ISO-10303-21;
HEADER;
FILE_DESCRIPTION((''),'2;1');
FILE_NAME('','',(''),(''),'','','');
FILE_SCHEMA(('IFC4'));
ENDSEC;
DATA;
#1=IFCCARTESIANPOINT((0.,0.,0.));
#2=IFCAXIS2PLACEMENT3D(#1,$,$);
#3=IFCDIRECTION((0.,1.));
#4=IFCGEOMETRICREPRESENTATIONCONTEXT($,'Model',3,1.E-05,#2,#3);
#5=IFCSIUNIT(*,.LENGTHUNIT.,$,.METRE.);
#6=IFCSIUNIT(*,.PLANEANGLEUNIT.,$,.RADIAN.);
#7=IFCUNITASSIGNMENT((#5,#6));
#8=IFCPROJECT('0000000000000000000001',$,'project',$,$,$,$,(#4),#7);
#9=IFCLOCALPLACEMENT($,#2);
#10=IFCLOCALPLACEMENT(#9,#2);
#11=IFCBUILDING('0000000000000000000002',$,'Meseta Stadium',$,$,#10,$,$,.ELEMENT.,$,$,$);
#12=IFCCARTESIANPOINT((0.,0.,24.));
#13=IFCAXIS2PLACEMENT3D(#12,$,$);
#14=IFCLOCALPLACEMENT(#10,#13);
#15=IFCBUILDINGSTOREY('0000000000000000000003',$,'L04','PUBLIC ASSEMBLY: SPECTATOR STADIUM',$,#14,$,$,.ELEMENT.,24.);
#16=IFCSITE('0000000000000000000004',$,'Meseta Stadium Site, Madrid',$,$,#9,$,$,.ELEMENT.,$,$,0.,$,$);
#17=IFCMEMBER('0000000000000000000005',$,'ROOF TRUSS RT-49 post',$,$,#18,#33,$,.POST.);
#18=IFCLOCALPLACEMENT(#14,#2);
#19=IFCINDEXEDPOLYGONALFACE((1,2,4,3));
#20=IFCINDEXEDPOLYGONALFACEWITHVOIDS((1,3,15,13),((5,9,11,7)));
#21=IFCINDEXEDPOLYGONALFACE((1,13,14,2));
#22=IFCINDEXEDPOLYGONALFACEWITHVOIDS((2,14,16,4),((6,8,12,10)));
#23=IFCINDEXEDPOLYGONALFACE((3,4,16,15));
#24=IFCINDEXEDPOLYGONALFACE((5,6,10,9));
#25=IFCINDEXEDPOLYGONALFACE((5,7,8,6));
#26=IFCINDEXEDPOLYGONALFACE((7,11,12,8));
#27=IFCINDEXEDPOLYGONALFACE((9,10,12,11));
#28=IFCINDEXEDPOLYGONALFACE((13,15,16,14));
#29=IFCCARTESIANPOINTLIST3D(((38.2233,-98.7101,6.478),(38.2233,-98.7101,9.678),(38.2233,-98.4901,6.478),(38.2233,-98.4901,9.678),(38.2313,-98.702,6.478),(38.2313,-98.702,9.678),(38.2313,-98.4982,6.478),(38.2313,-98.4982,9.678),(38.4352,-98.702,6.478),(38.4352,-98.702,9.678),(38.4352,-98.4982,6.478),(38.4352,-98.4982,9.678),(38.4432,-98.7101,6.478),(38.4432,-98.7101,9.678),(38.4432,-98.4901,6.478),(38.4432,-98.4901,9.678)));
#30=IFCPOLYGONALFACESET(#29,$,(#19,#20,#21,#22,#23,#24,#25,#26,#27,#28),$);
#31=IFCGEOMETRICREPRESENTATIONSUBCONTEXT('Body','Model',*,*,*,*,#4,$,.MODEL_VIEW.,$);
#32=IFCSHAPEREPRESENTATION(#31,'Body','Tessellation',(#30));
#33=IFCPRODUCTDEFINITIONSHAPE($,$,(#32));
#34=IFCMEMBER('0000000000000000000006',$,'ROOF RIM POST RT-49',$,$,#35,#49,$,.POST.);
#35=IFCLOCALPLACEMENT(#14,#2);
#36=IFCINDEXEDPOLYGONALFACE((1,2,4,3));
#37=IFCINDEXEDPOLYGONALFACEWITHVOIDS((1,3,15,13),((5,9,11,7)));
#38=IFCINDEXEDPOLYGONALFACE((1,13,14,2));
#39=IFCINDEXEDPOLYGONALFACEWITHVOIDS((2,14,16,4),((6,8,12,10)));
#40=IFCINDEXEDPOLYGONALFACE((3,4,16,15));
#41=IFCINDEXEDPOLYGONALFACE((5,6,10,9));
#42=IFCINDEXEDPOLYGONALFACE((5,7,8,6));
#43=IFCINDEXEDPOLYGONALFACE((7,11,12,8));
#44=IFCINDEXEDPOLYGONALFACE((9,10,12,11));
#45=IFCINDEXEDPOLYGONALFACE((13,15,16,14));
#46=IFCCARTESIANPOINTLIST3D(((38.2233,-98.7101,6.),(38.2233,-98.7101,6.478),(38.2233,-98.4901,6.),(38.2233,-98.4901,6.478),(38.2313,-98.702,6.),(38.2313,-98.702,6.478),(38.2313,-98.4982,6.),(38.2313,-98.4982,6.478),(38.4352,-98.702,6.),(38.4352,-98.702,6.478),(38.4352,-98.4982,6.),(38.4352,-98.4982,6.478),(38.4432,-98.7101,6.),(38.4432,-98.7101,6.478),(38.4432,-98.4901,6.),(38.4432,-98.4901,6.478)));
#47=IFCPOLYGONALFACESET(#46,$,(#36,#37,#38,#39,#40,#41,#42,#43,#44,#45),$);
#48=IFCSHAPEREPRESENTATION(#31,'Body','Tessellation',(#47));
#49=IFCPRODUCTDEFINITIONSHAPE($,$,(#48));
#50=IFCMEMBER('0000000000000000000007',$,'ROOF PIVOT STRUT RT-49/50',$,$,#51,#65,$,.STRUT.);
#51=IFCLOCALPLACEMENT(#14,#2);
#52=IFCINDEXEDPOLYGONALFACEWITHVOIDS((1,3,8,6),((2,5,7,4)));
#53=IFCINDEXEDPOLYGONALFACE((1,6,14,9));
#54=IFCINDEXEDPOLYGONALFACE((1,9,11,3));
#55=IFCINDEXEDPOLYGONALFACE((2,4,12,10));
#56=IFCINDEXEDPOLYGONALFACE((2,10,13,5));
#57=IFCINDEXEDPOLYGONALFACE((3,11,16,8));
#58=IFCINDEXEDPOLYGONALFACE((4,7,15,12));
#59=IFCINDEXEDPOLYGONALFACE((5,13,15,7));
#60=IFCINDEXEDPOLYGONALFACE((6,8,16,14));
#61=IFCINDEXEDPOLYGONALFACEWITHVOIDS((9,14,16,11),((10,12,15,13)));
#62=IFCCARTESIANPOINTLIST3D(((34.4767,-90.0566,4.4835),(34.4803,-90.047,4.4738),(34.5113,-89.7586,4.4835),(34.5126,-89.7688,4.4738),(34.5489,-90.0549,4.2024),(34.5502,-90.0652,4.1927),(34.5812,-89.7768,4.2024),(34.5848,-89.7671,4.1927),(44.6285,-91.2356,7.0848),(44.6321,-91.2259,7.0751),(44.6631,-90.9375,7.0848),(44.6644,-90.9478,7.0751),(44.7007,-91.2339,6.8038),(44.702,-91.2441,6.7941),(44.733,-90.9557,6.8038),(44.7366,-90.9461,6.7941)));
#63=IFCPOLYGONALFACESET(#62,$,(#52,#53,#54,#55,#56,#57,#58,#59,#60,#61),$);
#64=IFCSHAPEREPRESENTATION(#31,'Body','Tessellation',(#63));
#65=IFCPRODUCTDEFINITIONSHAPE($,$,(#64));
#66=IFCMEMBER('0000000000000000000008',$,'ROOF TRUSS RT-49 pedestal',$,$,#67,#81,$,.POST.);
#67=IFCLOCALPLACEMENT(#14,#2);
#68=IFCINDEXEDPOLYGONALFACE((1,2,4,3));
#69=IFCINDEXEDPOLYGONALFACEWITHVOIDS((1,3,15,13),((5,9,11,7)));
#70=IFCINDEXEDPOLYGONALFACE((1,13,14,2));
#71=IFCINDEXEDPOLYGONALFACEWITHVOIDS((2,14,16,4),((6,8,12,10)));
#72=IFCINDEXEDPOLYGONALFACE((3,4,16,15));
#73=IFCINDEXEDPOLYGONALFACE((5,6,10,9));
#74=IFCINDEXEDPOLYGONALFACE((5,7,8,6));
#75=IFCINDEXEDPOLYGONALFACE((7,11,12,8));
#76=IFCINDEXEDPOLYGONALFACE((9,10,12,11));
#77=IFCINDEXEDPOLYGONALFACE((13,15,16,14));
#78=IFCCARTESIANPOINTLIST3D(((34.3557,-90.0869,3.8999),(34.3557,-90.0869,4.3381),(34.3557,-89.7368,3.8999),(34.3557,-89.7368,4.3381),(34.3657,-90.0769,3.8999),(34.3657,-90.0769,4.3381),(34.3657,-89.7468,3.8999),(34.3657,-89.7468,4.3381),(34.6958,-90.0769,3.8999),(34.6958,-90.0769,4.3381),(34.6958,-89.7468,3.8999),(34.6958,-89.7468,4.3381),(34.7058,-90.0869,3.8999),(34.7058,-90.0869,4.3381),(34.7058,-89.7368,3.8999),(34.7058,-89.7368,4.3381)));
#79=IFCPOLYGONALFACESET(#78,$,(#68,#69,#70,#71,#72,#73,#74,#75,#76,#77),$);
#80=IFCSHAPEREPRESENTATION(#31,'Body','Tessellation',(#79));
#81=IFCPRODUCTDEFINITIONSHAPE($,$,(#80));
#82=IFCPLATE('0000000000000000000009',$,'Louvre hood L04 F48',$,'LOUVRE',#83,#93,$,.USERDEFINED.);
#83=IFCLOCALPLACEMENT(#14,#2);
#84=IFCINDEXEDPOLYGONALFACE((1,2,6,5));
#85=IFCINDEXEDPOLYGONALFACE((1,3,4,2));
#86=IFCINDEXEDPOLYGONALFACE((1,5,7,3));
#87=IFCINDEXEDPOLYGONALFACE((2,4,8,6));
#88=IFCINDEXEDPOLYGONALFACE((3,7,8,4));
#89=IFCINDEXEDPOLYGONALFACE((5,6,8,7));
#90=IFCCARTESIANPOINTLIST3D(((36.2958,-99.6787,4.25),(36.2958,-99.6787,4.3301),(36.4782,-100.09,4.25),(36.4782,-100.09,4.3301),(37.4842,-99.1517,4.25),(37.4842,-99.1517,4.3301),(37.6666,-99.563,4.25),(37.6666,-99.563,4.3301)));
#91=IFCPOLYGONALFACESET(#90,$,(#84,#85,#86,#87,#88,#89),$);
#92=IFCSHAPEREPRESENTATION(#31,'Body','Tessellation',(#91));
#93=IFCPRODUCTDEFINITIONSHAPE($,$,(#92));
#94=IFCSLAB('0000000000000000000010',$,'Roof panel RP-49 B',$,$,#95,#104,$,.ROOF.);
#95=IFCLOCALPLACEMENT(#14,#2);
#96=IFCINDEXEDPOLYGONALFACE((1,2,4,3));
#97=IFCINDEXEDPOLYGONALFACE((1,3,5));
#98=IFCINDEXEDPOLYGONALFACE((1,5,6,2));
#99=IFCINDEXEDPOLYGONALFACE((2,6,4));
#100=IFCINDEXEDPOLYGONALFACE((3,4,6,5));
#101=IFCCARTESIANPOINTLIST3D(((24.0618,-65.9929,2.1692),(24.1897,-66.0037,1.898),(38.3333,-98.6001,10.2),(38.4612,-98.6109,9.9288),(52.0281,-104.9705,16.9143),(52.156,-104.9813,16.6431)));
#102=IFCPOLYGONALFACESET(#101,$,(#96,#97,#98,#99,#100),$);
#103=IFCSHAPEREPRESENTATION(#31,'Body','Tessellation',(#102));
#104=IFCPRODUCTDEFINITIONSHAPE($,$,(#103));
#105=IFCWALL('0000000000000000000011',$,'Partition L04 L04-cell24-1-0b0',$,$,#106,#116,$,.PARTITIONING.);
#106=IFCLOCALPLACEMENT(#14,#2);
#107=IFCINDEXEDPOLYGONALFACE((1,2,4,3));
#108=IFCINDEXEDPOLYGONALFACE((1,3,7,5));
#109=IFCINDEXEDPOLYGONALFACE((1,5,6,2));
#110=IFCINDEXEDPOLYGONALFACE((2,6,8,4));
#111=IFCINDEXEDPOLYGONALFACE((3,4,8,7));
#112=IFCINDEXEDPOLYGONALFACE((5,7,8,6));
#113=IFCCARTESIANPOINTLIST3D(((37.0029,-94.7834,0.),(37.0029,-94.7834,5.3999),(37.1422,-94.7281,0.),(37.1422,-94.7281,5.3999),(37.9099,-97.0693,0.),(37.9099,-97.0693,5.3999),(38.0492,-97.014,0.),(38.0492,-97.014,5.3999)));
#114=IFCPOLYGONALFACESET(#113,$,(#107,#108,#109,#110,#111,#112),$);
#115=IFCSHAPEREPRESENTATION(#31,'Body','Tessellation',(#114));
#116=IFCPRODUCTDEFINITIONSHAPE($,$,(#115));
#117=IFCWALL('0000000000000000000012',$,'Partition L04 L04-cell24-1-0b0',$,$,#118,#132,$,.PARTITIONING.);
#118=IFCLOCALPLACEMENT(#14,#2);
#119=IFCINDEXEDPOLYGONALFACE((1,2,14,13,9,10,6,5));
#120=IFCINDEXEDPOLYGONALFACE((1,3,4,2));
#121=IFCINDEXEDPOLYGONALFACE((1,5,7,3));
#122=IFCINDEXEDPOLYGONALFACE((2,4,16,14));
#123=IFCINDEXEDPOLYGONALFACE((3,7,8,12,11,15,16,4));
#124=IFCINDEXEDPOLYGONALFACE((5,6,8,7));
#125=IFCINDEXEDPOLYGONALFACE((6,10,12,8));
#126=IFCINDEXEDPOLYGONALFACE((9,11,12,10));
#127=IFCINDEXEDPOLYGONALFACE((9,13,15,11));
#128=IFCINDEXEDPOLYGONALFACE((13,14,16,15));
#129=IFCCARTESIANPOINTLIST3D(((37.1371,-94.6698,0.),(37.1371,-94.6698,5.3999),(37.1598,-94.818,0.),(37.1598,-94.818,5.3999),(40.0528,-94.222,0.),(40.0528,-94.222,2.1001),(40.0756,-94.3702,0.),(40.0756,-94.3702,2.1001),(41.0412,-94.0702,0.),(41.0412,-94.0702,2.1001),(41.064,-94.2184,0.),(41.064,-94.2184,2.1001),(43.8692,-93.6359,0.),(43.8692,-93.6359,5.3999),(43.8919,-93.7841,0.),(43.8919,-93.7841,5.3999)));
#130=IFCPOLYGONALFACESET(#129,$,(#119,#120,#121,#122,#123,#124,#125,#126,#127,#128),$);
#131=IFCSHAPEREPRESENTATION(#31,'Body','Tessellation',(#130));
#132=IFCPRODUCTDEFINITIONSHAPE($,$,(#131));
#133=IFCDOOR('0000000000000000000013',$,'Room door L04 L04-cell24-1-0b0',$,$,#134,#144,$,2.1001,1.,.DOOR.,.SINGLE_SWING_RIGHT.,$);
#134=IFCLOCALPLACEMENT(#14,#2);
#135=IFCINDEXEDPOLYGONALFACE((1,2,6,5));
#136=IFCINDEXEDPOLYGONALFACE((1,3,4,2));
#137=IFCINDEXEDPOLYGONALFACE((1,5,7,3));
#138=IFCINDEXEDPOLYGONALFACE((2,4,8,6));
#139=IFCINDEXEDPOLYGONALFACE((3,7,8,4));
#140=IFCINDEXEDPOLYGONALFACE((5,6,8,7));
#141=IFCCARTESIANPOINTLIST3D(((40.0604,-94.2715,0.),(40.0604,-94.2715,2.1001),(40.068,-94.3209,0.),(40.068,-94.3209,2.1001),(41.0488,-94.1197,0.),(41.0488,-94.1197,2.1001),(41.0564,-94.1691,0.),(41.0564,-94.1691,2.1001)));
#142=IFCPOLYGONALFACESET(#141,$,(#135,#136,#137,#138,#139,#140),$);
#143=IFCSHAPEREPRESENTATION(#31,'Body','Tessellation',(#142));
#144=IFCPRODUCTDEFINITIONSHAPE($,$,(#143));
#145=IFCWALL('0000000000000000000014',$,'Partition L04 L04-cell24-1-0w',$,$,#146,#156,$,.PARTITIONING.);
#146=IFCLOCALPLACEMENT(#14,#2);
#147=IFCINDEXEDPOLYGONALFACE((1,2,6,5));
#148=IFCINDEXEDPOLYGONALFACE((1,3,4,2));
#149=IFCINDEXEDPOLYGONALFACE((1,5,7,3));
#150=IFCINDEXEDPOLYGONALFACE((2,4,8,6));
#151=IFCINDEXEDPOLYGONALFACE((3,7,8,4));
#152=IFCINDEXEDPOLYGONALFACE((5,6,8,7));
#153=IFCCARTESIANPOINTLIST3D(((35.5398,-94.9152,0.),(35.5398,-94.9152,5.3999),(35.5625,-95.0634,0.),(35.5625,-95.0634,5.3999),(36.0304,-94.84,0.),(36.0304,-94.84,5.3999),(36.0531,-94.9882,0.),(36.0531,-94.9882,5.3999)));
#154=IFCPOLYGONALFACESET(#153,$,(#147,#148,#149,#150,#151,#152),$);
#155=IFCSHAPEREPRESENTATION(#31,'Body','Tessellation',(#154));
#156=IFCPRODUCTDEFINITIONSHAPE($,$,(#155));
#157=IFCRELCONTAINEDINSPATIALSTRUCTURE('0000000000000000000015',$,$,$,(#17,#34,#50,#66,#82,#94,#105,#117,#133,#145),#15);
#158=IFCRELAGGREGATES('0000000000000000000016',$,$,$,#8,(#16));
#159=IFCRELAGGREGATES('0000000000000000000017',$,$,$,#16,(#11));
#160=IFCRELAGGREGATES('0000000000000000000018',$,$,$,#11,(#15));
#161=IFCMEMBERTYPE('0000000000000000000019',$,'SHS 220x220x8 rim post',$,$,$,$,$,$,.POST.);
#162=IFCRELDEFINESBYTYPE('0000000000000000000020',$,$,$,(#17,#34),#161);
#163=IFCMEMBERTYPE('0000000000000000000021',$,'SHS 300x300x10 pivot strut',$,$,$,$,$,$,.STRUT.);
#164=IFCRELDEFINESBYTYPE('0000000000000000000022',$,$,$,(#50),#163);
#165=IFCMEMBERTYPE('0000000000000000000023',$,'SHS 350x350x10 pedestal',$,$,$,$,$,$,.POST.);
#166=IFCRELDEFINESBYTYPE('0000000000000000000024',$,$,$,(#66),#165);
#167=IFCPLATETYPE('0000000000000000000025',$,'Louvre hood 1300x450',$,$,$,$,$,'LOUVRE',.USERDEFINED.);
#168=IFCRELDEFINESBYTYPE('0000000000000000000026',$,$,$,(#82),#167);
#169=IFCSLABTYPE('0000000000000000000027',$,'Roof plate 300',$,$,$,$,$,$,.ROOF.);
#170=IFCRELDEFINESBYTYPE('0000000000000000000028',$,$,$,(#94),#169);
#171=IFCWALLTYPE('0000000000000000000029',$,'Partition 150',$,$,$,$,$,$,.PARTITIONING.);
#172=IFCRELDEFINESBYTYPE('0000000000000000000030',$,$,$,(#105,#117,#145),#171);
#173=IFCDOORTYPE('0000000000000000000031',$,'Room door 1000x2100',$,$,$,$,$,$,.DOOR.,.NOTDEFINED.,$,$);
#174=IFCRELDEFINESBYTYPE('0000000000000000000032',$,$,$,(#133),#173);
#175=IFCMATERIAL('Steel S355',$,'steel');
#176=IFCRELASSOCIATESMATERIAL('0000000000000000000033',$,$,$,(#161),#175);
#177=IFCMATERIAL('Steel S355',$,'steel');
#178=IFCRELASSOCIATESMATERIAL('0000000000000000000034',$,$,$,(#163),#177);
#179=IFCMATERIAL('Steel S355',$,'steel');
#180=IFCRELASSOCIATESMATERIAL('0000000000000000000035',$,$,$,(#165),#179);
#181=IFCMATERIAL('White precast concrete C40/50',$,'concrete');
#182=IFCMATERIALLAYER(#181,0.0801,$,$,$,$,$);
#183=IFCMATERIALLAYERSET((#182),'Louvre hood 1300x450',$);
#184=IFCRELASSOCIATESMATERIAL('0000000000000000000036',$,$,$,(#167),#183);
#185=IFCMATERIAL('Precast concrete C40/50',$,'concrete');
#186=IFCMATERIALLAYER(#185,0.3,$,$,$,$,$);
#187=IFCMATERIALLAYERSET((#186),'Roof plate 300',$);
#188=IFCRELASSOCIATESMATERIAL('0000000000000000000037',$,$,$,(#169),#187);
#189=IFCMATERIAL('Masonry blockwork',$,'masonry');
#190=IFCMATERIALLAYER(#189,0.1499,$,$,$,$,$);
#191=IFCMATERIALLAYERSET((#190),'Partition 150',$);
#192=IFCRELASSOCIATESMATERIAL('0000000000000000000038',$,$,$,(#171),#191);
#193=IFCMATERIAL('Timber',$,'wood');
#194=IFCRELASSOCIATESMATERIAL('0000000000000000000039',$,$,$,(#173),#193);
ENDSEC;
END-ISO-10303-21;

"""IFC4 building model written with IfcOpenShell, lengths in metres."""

from ifc_helpers import new_model, si_unit, direction, frame, frame_2d, origin, origin_2d, place, context, subcontext, project, spatial, polyline, rectangle, hollow_rectangle, outline, extrude, material, layer, layer_set, material_profile, profile_set, type_object, element, fill, save


model = new_model("IFC4")

# Units and contexts
model_context = context("Model", 3, precision=1e-05, world=origin(), true_north=direction((0.0, 1.0)))
body_context = subcontext(model_context, "Body", "Model", "MODEL_VIEW")
ifc_project = project(units=[si_unit("LENGTHUNIT", "METRE"), si_unit("PLANEANGLEUNIT", "RADIAN")], contexts=[model_context])

# Site, building, storey
site_placement = place(None, origin())
site = spatial("IfcSite", under=ifc_project, at=site_placement, Name="Meseta Stadium Site, Madrid", CompositionType="ELEMENT", RefElevation=0.0)
building_placement = place(site_placement, origin())
building = spatial("IfcBuilding", under=site, at=building_placement, Name="Meseta Stadium", CompositionType="ELEMENT")
storey_placement = place(building_placement, frame((0.0, 0.0, 24.0)))
storey = spatial("IfcBuildingStorey", under=building, at=storey_placement, Name="L04", Description="PUBLIC ASSEMBLY: SPECTATOR STADIUM", CompositionType="ELEMENT", Elevation=24.0)

# Members
ifc_material_1 = material(Name="Steel S355", Category="steel")
ifc_material_profile_1 = material_profile(ifc_material_1, hollow_rectangle(XDim=0.22, YDim=0.22, WallThickness=0.0081, at=origin_2d()), Name="SHS 220x220x8")
ifc_profile_set_1 = profile_set([ifc_material_profile_1], Name="Steel S355")
member_type_1 = type_object("IfcMemberType", Name="SHS 220x220x8 rim post", PredefinedType="POST", material=ifc_profile_set_1)
member_1_placement = place(storey_placement, frame((38.3333, -98.6001, 6.478), z_axis=(0.0, 0.0, 1.0), x_axis=(1.0, 0.0, 0.0)))
element("IfcMember", 1, at=member_1_placement, inside=storey, type_object=member_type_1, Name="ROOF TRUSS RT-49 post", PredefinedType="POST", context=body_context, shape_type="SweptSolid", body=[
    extrude(hollow_rectangle(XDim=0.22, YDim=0.22, WallThickness=0.0081, at=origin_2d()), origin(), (0.0, 0.0, 1.0), 3.2),
])
member_2_placement = place(storey_placement, frame((38.3333, -98.6001, 6.0), z_axis=(0.0, 0.0, 1.0), x_axis=(1.0, 0.0, 0.0)))
element("IfcMember", 2, at=member_2_placement, inside=storey, type_object=member_type_1, Name="ROOF RIM POST RT-49", PredefinedType="POST", context=body_context, shape_type="SweptSolid", body=[
    extrude(hollow_rectangle(XDim=0.22, YDim=0.22, WallThickness=0.0081, at=origin_2d()), origin(), (0.0, 0.0, 1.0), 0.478),
])
ifc_material_2 = material(Name="Steel S355", Category="steel")
ifc_material_profile_2 = material_profile(ifc_material_2, hollow_rectangle(XDim=0.3, YDim=0.3, WallThickness=0.01, at=origin_2d()), Name="SHS 300x300x10")
ifc_profile_set_2 = profile_set([ifc_material_profile_2], Name="Steel S355")
member_type_2 = type_object("IfcMemberType", Name="SHS 300x300x10 pivot strut", PredefinedType="STRUT", material=ifc_profile_set_2)
member_3_placement = place(storey_placement, frame((34.5308, -89.9119, 4.3381), z_axis=(0.962631, -0.111792, 0.246665), x_axis=(0.115357, 0.993324, 0.0)))
element("IfcMember", 3, at=member_3_placement, inside=storey, type_object=member_type_2, Name="ROOF PIVOT STRUT RT-49/50", PredefinedType="STRUT", context=body_context, shape_type="SweptSolid", body=[
    extrude(hollow_rectangle(XDim=0.3, YDim=0.3, WallThickness=0.01, at=origin_2d()), origin(), (0.0, 0.0, 1.0), 10.5459),
])
ifc_material_3 = material(Name="Steel S355", Category="steel")
ifc_material_profile_3 = material_profile(ifc_material_3, hollow_rectangle(XDim=0.3501, YDim=0.3501, WallThickness=0.01, at=origin_2d()), Name="SHS 350x350x10")
ifc_profile_set_3 = profile_set([ifc_material_profile_3], Name="Steel S355")
member_type_3 = type_object("IfcMemberType", Name="SHS 350x350x10 pedestal", PredefinedType="POST", material=ifc_profile_set_3)
member_4_placement = place(storey_placement, frame((34.5308, -89.9119, 3.8999), z_axis=(0.0, 0.0, 1.0), x_axis=(1.0, 0.0, 0.0)))
element("IfcMember", 4, at=member_4_placement, inside=storey, type_object=member_type_3, Name="ROOF TRUSS RT-49 pedestal", PredefinedType="POST", context=body_context, shape_type="SweptSolid", body=[
    extrude(hollow_rectangle(XDim=0.3501, YDim=0.3501, WallThickness=0.01, at=origin_2d()), origin(), (0.0, 0.0, 1.0), 0.4382),
])

# Plate
ifc_material_4 = material(Name="White precast concrete C40/50", Category="concrete")
ifc_layer_1 = layer(ifc_material_4, 0.0801)
ifc_layer_set_1 = layer_set([ifc_layer_1], Name="Louvre hood 1300x450")
plate_type = type_object("IfcPlateType", Name="Louvre hood 1300x450", ElementType="LOUVRE", PredefinedType="USERDEFINED", material=ifc_layer_set_1)
plate_placement = place(storey_placement, frame((36.9812, -99.6208, 4.25), z_axis=(0.0, 0.0, 1.0), x_axis=(0.914139, 0.405401, 0.0)))
element("IfcPlate", 5, at=plate_placement, inside=storey, type_object=plate_type, Name="Louvre hood L04 F48", ObjectType="LOUVRE", PredefinedType="USERDEFINED", context=body_context, shape_type="SweptSolid", body=[
    extrude(rectangle(XDim=1.3, YDim=0.45, at=origin_2d()), origin(), (0.0, 0.0, 1.0), 0.0801),
])

# Slab
ifc_material_5 = material(Name="Precast concrete C40/50", Category="concrete")
ifc_layer_2 = layer(ifc_material_5, 0.3)
ifc_layer_set_2 = layer_set([ifc_layer_2], Name="Roof plate 300")
slab_type = type_object("IfcSlabType", Name="Roof plate 300", PredefinedType="ROOF", material=ifc_layer_set_2)
slab_placement = place(storey_placement, frame((38.3333, -98.6001, 10.2), z_axis=(-0.426394, 0.035977, 0.903822), x_axis=(-0.391125, 0.893634, -0.220091)))
element("IfcSlab", 6, at=slab_placement, inside=storey, type_object=slab_type, Name="Roof panel RP-49 B", PredefinedType="ROOF", context=body_context, shape_type="SweptSolid", body=[
    extrude(outline(polyline([(0.0, 0.0), (36.4883, 0.0), (-12.5269, -10.7837), (0.0, 0.0)])), origin(), (0.0, 0.0, -1.0), 0.3),
])

# Wall
ifc_material_6 = material(Name="Masonry blockwork", Category="masonry")
ifc_layer_3 = layer(ifc_material_6, 0.1499)
ifc_layer_set_3 = layer_set([ifc_layer_3], Name="Partition 150")
wall_type_1 = type_object("IfcWallType", Name="Partition 150", PredefinedType="PARTITIONING", material=ifc_layer_set_3)
wall_1_placement = place(storey_placement, frame((37.9795, -97.0415, 0.0), z_axis=(0.0, 0.0, 1.0), x_axis=(-0.368805, 0.929507, 0.0)))
element("IfcWall", 7, at=wall_1_placement, inside=storey, type_object=wall_type_1, Name="Partition L04 L04-cell24-1-0b0", PredefinedType="PARTITIONING", context=body_context, shape_type="SweptSolid", body=[
    extrude(rectangle(XDim=2.4592, YDim=0.1499, at=frame_2d((1.2295, 0.0))), origin(), (0.0, 0.0, 1.0), 5.3999),
])

# Wall, opening, door
wall_2_placement = place(storey_placement, frame((37.1484, -94.7439, 0.0), z_axis=(0.0, 0.0, 1.0), x_axis=(0.988411, 0.151801, 0.0)))
wall_2 = element("IfcWall", 8, at=wall_2_placement, inside=storey, type_object=wall_type_1, Name="Partition L04 L04-cell24-1-0b0", PredefinedType="PARTITIONING", context=body_context, shape_type="SweptSolid", body=[
    extrude(rectangle(XDim=6.811, YDim=0.1499, at=frame_2d((3.4055, 0.0))), origin(), (0.0, 0.0, 1.0), 5.3999),
])
opening_1_placement = place(wall_2_placement, frame((2.95, 0.0, 0.0)))
opening_1 = element("IfcOpeningElement", 9, at=opening_1_placement, cuts=wall_2, PredefinedType="OPENING", context=body_context, shape_type="SweptSolid", body=[
    extrude(rectangle(XDim=1.0, YDim=2.1001, at=frame_2d((0.5, 1.05))), frame((0.0, 0.085, 0.0), z_axis=(0.0, -1.0, 0.0), x_axis=(1.0, 0.0, 0.0)), (0.0, 0.0, 1.0), 0.1699),
])
ifc_material_7 = material(Name="Timber", Category="wood")
door_type = type_object("IfcDoorType", Name="Room door 1000x2100", OperationType="NOTDEFINED", PredefinedType="DOOR", material=ifc_material_7)
door_placement = place(opening_1_placement, origin())
door = element("IfcDoor", 10, at=door_placement, inside=storey, type_object=door_type, Name="Room door L04 L04-cell24-1-0b0", OperationType="SINGLE_SWING_RIGHT", OverallHeight=2.1001, OverallWidth=1.0, PredefinedType="DOOR", context=body_context, shape_type="SweptSolid", body=[
    extrude(rectangle(XDim=1.0, YDim=2.1001, at=frame_2d((0.5, 1.05))), frame((0.0, 0.0249, 0.0), z_axis=(0.0, -1.0, 0.0), x_axis=(1.0, 0.0, 0.0)), (0.0, 0.0, 1.0), 0.05),
])
fill(opening_1, door)

# Wall
wall_3_placement = place(storey_placement, frame((35.5513, -94.9893, 0.0), z_axis=(0.0, 0.0, 1.0), x_axis=(0.988462, 0.151466, 0.0)))
element("IfcWall", 11, at=wall_3_placement, inside=storey, type_object=wall_type_1, Name="Partition L04 L04-cell24-1-0w", PredefinedType="PARTITIONING", context=body_context, shape_type="SweptSolid", body=[
    extrude(rectangle(XDim=0.4963, YDim=0.1499, at=frame_2d((0.248, 0.0))), origin(), (0.0, 0.0, 1.0), 5.3999),
])

save(model, "model.ifc")
